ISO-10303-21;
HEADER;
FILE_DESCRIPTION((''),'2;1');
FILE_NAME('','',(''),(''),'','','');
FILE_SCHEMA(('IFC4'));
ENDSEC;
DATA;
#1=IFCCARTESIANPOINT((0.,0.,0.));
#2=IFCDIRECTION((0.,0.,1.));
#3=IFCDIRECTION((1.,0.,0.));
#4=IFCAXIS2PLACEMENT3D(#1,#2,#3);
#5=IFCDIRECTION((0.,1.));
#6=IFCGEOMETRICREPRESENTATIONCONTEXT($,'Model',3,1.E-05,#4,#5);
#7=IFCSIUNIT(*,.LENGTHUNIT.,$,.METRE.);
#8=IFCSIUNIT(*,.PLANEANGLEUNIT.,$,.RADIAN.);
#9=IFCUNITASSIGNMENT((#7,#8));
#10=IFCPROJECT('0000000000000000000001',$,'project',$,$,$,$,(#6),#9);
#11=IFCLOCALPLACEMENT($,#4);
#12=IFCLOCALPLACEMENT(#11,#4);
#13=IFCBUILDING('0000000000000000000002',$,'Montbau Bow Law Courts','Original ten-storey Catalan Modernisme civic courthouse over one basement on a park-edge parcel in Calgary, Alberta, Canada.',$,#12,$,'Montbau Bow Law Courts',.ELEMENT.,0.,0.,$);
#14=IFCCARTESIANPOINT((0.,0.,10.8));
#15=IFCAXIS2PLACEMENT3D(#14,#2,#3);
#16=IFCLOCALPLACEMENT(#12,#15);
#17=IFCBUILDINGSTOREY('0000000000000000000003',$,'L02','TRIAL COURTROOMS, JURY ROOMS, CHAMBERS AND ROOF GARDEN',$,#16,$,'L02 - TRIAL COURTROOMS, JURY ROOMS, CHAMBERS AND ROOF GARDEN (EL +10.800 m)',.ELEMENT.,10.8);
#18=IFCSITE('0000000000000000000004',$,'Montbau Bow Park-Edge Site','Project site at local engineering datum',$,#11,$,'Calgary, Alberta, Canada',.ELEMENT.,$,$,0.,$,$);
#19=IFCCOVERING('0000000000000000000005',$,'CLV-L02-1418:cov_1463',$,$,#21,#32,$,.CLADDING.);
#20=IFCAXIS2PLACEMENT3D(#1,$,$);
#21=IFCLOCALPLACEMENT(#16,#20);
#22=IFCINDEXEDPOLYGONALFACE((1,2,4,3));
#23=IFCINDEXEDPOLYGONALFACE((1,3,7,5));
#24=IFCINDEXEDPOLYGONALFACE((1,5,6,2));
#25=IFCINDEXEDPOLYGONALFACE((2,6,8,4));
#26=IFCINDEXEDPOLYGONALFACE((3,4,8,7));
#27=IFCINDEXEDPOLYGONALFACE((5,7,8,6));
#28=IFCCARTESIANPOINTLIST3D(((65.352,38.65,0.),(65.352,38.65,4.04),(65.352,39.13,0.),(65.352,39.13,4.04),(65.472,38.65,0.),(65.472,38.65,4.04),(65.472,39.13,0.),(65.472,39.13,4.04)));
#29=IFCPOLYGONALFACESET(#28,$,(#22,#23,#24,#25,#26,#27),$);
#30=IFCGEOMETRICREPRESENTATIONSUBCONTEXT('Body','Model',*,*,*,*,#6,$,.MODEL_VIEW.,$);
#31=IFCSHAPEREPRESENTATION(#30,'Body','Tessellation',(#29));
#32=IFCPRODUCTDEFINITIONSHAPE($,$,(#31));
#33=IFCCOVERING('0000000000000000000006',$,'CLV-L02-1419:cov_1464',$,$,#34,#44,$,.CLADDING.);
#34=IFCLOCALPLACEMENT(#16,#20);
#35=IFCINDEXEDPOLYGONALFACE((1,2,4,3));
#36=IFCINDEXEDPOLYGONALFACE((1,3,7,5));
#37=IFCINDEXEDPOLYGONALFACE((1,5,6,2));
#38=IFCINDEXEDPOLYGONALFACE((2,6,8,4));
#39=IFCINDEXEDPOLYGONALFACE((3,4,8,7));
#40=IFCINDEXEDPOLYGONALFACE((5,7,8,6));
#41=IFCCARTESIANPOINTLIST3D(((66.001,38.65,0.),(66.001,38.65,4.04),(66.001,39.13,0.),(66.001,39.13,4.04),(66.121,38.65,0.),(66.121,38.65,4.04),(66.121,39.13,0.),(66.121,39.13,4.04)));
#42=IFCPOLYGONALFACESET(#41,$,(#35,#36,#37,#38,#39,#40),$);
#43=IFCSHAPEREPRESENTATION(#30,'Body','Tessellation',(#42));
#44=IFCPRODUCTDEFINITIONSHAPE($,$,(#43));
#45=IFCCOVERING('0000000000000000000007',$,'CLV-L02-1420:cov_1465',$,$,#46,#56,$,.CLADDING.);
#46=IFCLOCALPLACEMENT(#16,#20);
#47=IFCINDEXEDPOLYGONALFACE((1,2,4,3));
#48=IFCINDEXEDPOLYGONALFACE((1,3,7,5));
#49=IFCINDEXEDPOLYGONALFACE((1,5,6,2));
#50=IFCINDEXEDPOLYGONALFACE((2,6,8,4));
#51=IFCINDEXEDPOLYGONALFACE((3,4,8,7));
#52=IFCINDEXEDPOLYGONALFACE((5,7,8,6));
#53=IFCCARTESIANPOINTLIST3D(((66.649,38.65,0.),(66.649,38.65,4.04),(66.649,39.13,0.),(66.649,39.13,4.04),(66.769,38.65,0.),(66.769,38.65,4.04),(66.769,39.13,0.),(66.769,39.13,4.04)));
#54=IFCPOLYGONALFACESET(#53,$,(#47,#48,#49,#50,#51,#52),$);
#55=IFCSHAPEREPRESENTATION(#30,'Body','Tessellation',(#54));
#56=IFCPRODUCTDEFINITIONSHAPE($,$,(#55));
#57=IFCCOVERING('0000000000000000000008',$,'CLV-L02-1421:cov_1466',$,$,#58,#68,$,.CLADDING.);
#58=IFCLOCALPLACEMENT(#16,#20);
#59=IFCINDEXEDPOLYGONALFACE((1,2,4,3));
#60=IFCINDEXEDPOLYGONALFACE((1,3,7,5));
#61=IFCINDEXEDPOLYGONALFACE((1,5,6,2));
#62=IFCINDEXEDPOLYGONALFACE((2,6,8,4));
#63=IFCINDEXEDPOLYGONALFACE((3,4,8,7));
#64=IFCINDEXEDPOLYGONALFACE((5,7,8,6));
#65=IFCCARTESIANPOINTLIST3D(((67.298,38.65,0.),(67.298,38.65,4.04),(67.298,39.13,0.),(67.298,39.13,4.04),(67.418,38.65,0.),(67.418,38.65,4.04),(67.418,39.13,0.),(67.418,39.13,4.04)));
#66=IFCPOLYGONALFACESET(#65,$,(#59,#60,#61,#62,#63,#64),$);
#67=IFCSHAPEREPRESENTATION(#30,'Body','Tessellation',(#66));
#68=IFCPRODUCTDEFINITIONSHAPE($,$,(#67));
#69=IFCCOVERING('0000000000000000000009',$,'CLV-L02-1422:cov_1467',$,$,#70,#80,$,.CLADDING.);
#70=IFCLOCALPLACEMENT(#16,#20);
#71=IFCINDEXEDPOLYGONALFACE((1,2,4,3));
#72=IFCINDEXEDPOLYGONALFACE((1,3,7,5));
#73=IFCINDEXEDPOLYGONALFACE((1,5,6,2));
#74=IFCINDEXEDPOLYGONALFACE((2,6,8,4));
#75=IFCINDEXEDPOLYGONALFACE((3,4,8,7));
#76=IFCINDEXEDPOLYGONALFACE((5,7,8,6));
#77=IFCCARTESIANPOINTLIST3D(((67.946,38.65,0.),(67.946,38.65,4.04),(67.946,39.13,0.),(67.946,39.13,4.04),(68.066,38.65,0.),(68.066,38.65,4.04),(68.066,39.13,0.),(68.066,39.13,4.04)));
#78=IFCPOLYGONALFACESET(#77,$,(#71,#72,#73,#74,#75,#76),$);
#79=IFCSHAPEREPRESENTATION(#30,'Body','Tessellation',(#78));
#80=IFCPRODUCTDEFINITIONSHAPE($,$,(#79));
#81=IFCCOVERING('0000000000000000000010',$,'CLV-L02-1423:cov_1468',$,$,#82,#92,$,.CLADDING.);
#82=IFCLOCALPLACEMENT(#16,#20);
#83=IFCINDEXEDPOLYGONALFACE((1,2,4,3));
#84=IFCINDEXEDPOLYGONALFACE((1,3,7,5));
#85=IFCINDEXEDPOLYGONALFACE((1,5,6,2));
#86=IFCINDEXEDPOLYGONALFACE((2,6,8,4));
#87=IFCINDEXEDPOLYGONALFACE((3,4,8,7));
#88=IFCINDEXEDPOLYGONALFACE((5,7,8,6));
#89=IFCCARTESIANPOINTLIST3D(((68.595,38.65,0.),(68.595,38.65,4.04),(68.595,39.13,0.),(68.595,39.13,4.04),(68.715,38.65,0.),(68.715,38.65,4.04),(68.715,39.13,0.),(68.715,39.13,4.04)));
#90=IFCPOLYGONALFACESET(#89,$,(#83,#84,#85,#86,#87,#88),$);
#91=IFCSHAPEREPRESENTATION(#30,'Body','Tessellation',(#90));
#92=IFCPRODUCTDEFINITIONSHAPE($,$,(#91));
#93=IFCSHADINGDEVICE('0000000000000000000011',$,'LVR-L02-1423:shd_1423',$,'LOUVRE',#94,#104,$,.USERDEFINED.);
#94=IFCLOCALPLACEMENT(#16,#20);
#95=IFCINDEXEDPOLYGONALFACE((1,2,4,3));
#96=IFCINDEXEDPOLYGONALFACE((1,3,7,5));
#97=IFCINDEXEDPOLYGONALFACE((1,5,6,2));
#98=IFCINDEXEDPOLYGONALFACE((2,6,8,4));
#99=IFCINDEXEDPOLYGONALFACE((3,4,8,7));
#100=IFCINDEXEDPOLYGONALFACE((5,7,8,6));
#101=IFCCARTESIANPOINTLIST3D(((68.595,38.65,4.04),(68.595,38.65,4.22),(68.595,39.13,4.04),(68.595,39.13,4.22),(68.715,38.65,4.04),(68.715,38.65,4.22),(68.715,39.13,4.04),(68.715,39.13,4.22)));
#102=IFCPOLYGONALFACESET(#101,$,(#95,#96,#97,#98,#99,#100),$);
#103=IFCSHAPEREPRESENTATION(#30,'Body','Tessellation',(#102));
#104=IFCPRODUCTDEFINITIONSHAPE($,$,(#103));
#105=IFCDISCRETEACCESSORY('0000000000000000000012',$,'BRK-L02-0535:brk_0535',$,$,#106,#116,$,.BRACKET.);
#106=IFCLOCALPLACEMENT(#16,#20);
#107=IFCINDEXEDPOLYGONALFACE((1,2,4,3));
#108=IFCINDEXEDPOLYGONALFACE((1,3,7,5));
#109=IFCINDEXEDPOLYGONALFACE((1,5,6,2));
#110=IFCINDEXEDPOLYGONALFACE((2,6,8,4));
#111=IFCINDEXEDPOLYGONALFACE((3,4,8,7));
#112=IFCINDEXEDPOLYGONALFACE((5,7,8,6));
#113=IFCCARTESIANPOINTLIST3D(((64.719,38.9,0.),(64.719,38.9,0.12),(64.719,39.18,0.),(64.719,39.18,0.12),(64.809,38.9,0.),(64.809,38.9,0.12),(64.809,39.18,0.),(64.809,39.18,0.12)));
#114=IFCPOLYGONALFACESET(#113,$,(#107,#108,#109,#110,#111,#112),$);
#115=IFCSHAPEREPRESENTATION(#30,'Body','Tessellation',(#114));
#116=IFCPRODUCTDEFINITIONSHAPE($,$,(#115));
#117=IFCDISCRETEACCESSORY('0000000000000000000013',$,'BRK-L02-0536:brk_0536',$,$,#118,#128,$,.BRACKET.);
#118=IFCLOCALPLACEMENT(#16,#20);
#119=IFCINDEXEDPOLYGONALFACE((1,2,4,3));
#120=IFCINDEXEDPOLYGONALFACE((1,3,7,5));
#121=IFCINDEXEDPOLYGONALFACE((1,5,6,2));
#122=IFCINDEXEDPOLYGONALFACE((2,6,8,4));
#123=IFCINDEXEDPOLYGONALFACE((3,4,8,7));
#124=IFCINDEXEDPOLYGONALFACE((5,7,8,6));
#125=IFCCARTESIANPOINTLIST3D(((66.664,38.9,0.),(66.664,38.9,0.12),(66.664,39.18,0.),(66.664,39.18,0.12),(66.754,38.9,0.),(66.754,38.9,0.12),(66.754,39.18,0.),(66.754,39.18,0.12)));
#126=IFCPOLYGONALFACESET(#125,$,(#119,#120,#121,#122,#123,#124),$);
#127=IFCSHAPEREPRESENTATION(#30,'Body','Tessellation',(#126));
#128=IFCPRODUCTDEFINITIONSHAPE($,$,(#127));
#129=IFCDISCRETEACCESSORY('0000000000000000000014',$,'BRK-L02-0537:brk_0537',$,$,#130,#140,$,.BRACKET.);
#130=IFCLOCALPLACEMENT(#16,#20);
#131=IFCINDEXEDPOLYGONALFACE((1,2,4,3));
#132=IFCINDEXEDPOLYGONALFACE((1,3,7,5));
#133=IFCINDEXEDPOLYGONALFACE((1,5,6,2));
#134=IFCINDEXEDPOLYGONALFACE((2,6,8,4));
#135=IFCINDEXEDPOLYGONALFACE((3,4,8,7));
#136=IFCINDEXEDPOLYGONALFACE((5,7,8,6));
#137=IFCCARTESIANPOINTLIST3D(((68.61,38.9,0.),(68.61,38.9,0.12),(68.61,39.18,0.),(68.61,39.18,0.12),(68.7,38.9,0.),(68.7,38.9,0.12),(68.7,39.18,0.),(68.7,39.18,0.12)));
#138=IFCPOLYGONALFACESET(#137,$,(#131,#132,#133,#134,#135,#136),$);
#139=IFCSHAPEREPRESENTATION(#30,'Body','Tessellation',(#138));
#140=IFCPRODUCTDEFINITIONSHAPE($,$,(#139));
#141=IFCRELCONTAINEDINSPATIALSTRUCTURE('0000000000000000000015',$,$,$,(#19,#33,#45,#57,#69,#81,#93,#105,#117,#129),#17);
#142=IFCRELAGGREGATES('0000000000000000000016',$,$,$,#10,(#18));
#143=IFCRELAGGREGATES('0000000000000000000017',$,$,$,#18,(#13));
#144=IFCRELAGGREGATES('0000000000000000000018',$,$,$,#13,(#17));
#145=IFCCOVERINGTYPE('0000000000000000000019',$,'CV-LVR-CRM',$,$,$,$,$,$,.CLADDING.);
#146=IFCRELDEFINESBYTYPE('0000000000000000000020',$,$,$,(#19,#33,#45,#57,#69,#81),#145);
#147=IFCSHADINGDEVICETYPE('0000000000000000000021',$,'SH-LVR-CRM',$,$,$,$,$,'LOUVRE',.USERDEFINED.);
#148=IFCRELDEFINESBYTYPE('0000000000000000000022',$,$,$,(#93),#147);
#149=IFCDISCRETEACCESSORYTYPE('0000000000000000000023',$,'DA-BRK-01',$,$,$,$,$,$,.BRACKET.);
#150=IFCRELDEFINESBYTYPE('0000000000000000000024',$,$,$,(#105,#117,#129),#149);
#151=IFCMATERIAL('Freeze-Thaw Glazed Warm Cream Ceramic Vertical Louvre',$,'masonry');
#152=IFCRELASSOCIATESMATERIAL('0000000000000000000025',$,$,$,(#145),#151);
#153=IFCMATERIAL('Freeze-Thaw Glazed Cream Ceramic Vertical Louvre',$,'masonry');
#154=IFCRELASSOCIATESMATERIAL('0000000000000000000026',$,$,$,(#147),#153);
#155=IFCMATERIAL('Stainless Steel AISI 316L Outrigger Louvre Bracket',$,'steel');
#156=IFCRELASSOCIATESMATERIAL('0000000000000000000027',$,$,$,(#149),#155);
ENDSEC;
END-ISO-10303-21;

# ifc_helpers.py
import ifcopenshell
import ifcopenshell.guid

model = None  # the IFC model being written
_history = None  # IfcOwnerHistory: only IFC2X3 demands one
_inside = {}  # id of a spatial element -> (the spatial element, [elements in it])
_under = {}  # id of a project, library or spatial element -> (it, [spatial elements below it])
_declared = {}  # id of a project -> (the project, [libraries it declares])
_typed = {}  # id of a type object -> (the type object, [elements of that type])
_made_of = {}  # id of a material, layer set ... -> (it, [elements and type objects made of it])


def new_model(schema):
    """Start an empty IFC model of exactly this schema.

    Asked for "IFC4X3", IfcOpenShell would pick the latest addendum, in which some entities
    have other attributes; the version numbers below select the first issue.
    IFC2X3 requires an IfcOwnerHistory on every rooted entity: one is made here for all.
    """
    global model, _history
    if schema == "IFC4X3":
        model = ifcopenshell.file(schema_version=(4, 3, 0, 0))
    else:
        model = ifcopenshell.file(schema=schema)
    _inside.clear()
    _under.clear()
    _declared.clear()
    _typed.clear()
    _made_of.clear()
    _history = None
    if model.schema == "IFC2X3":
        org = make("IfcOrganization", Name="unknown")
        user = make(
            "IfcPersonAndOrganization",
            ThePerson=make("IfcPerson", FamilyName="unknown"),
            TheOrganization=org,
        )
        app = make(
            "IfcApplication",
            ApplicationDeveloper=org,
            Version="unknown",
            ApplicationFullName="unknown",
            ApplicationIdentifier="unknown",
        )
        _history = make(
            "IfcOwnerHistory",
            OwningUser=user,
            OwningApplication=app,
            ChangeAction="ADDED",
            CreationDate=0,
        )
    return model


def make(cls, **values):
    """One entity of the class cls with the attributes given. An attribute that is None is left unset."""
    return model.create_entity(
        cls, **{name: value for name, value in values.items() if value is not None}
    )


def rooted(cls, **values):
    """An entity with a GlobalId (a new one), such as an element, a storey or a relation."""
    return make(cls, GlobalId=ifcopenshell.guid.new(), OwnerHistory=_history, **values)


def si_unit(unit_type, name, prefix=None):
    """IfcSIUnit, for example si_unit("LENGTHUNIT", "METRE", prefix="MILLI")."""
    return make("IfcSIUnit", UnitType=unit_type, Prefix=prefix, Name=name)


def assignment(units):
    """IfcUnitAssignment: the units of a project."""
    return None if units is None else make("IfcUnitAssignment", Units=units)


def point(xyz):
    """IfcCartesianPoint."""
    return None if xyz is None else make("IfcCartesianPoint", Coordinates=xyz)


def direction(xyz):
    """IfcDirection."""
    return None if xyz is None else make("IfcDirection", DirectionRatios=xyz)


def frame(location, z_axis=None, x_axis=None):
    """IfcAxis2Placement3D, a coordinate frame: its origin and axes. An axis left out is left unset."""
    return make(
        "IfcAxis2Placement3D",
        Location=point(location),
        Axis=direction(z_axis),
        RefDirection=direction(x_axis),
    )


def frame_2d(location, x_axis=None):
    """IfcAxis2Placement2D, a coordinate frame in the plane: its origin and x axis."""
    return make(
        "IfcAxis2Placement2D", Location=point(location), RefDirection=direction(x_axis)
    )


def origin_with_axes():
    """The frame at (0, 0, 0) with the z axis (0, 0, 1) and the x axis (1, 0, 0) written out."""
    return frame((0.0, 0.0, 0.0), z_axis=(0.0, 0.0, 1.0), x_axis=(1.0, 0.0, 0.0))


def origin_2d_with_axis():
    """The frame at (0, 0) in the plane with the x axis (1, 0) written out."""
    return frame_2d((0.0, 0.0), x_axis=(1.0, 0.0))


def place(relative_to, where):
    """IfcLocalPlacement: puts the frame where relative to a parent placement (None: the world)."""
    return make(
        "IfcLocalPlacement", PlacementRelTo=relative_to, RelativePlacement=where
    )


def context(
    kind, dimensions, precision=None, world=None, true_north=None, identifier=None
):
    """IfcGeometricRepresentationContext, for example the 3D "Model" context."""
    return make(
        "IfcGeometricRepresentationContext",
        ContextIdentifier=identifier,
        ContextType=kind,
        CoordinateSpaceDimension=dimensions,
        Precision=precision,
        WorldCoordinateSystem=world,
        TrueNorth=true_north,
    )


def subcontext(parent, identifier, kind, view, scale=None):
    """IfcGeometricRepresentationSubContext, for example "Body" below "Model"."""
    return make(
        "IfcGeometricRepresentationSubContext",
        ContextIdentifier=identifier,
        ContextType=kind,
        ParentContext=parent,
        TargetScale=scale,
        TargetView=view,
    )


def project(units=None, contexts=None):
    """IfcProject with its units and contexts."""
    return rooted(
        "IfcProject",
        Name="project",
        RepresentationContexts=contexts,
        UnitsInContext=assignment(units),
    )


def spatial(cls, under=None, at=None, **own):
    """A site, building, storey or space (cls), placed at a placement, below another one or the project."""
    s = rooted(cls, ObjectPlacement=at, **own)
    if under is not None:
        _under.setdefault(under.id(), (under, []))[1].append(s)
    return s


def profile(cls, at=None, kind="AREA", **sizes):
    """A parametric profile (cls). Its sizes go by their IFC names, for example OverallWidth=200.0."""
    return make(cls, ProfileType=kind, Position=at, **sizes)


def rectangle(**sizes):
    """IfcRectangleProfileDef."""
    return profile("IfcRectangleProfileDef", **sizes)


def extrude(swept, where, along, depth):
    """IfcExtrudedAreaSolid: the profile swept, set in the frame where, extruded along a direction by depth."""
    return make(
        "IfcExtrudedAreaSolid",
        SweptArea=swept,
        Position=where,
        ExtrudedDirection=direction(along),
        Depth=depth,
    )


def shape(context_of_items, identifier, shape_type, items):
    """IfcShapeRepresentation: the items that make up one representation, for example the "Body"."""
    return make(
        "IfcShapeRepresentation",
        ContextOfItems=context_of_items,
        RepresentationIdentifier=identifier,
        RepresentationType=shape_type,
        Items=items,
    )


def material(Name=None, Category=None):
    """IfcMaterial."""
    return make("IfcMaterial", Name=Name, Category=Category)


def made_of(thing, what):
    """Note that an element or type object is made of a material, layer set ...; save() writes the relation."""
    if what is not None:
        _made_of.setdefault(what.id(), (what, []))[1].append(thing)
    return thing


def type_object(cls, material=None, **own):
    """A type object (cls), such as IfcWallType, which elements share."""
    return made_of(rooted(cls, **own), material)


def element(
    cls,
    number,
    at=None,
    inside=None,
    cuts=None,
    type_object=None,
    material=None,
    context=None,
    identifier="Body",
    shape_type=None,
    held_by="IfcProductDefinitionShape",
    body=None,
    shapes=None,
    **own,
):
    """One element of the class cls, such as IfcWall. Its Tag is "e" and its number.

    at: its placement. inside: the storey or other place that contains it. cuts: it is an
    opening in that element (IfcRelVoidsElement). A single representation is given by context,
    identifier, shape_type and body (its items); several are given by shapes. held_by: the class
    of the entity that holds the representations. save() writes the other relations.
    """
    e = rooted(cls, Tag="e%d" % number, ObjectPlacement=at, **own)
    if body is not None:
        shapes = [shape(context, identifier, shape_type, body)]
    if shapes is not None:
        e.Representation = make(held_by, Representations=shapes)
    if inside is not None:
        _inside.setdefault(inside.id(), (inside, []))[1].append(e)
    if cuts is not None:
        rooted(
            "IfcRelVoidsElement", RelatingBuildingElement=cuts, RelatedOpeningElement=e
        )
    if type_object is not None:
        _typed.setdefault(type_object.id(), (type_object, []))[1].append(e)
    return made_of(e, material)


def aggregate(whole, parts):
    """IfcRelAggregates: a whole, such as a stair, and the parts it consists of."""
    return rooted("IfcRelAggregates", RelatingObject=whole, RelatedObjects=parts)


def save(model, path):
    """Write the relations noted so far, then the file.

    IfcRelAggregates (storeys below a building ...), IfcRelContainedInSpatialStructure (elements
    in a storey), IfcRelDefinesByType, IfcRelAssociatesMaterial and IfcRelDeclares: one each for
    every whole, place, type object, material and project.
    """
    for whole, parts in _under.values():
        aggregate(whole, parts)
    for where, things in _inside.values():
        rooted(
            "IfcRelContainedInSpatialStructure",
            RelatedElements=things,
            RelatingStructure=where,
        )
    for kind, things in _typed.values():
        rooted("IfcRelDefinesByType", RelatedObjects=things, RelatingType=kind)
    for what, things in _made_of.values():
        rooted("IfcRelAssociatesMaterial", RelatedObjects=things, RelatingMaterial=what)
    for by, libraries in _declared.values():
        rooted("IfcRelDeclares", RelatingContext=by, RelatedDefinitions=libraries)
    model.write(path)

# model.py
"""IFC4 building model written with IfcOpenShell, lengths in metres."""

from ifc_helpers import new_model, si_unit, direction, frame, frame_2d, origin_with_axes, origin_2d_with_axis, place, context, subcontext, project, spatial, rectangle, extrude, material, type_object, element, save


model = new_model("IFC4")

# Units and contexts
model_context = context("Model", 3, precision=1e-05, world=origin_with_axes(), true_north=direction((0.0, 1.0)))
body_context = subcontext(model_context, "Body", "Model", "MODEL_VIEW")
ifc_project = project(units=[si_unit("LENGTHUNIT", "METRE"), si_unit("PLANEANGLEUNIT", "RADIAN")], contexts=[model_context])

# Site, building, storey
site_placement = place(None, origin_with_axes())
site = spatial("IfcSite", under=ifc_project, at=site_placement, Name="Montbau Bow Park-Edge Site", Description="Project site at local engineering datum", LongName="Calgary, Alberta, Canada", CompositionType="ELEMENT", RefElevation=0.0)
building_placement = place(site_placement, origin_with_axes())
building = spatial("IfcBuilding", under=site, at=building_placement, Name="Montbau Bow Law Courts", Description="Original ten-storey Catalan Modernisme civic courthouse over one basement on a park-edge parcel in Calgary, Alberta, Canada.", LongName="Montbau Bow Law Courts", CompositionType="ELEMENT", ElevationOfRefHeight=0.0, ElevationOfTerrain=0.0)
storey_placement = place(building_placement, frame((0.0, 0.0, 10.8), z_axis=(0.0, 0.0, 1.0), x_axis=(1.0, 0.0, 0.0)))
storey = spatial("IfcBuildingStorey", under=building, at=storey_placement, Name="L02", Description="TRIAL COURTROOMS, JURY ROOMS, CHAMBERS AND ROOF GARDEN", LongName="L02 - TRIAL COURTROOMS, JURY ROOMS, CHAMBERS AND ROOF GARDEN (EL +10.800 m)", CompositionType="ELEMENT", Elevation=10.8)

# Coverings
ifc_material_1 = material(Name="Freeze-Thaw Glazed Warm Cream Ceramic Vertical Louvre", Category="masonry")
covering_type = type_object("IfcCoveringType", Name="CV-LVR-CRM", PredefinedType="CLADDING", material=ifc_material_1)
for number, where, z_axis, x_axis, name in (
    (1, (65.412, 39.13, 10.8), (-1.0, 0.0, 0.0), (0.0, -1.0, 0.0), "CLV-L02-1418:cov_1463"),
    (2, (66.061, 39.13, 10.8), (-1.0, 0.0, 0.0), (0.0, -1.0, 0.0), "CLV-L02-1419:cov_1464"),
    (3, (66.709, 39.13, 10.8), (-1.0, 0.0, 0.0), (0.0, -1.0, 0.0), "CLV-L02-1420:cov_1465"),
    (4, (67.358, 39.13, 10.8), (-1.0, 0.0, 0.0), (0.0, -1.0, 0.0), "CLV-L02-1421:cov_1466"),
    (5, (68.006, 39.13, 10.8), (-1.0, 0.0, 0.0), (0.0, -1.0, 0.0), "CLV-L02-1422:cov_1467"),
    (6, (68.655, 39.13, 10.8), (-1.0, 0.0, 0.0), (0.0, -1.0, 0.0), "CLV-L02-1423:cov_1468"),
):
    element("IfcCovering", number, at=place(None, frame(where, z_axis=z_axis, x_axis=x_axis)), inside=storey, type_object=covering_type, Name=name, PredefinedType="CLADDING", context=body_context, shape_type="SweptSolid", body=[
        extrude(rectangle(XDim=0.48, YDim=4.04, at=frame_2d((0.24, 2.02), x_axis=(1.0, 0.0))), frame((0.0, 0.0, -0.06), z_axis=(0.0, 0.0, 1.0), x_axis=(1.0, 0.0, 0.0)), (0.0, 0.0, 1.0), 0.12),
    ])

# Shading device
ifc_material_2 = material(Name="Freeze-Thaw Glazed Cream Ceramic Vertical Louvre", Category="masonry")
shading_device_type = type_object("IfcShadingDeviceType", Name="SH-LVR-CRM", ElementType="LOUVRE", PredefinedType="USERDEFINED", material=ifc_material_2)
shading_device_placement = place(None, frame((68.655, 38.89, 14.84), z_axis=(0.0, 0.0, 1.0), x_axis=(0.0, -1.0, 0.0)))
element("IfcShadingDevice", 7, at=shading_device_placement, inside=storey, type_object=shading_device_type, Name="LVR-L02-1423:shd_1423", ObjectType="LOUVRE", PredefinedType="USERDEFINED", context=body_context, shape_type="SweptSolid", body=[
    extrude(rectangle(XDim=0.48, YDim=0.12, at=origin_2d_with_axis()), origin_with_axes(), (0.0, 0.0, 1.0), 0.18),
])

# Discrete accessories
ifc_material_3 = material(Name="Stainless Steel AISI 316L Outrigger Louvre Bracket", Category="steel")
discrete_accessory_type = type_object("IfcDiscreteAccessoryType", Name="DA-BRK-01", PredefinedType="BRACKET", material=ifc_material_3)
for number, where, z_axis, x_axis, name in (
    (8, (64.764, 39.04, 10.8), (0.0, 0.0, 1.0), (0.0, -1.0, 0.0), "BRK-L02-0535:brk_0535"),
    (9, (66.709, 39.04, 10.8), (0.0, 0.0, 1.0), (0.0, -1.0, 0.0), "BRK-L02-0536:brk_0536"),
    (10, (68.655, 39.04, 10.8), (0.0, 0.0, 1.0), (0.0, -1.0, 0.0), "BRK-L02-0537:brk_0537"),
):
    element("IfcDiscreteAccessory", number, at=place(None, frame(where, z_axis=z_axis, x_axis=x_axis)), inside=storey, type_object=discrete_accessory_type, Name=name, PredefinedType="BRACKET", context=body_context, shape_type="SweptSolid", body=[
        extrude(rectangle(XDim=0.28, YDim=0.09, at=origin_2d_with_axis()), origin_with_axes(), (0.0, 0.0, 1.0), 0.12),
    ])

save(model, "model.ifc")
